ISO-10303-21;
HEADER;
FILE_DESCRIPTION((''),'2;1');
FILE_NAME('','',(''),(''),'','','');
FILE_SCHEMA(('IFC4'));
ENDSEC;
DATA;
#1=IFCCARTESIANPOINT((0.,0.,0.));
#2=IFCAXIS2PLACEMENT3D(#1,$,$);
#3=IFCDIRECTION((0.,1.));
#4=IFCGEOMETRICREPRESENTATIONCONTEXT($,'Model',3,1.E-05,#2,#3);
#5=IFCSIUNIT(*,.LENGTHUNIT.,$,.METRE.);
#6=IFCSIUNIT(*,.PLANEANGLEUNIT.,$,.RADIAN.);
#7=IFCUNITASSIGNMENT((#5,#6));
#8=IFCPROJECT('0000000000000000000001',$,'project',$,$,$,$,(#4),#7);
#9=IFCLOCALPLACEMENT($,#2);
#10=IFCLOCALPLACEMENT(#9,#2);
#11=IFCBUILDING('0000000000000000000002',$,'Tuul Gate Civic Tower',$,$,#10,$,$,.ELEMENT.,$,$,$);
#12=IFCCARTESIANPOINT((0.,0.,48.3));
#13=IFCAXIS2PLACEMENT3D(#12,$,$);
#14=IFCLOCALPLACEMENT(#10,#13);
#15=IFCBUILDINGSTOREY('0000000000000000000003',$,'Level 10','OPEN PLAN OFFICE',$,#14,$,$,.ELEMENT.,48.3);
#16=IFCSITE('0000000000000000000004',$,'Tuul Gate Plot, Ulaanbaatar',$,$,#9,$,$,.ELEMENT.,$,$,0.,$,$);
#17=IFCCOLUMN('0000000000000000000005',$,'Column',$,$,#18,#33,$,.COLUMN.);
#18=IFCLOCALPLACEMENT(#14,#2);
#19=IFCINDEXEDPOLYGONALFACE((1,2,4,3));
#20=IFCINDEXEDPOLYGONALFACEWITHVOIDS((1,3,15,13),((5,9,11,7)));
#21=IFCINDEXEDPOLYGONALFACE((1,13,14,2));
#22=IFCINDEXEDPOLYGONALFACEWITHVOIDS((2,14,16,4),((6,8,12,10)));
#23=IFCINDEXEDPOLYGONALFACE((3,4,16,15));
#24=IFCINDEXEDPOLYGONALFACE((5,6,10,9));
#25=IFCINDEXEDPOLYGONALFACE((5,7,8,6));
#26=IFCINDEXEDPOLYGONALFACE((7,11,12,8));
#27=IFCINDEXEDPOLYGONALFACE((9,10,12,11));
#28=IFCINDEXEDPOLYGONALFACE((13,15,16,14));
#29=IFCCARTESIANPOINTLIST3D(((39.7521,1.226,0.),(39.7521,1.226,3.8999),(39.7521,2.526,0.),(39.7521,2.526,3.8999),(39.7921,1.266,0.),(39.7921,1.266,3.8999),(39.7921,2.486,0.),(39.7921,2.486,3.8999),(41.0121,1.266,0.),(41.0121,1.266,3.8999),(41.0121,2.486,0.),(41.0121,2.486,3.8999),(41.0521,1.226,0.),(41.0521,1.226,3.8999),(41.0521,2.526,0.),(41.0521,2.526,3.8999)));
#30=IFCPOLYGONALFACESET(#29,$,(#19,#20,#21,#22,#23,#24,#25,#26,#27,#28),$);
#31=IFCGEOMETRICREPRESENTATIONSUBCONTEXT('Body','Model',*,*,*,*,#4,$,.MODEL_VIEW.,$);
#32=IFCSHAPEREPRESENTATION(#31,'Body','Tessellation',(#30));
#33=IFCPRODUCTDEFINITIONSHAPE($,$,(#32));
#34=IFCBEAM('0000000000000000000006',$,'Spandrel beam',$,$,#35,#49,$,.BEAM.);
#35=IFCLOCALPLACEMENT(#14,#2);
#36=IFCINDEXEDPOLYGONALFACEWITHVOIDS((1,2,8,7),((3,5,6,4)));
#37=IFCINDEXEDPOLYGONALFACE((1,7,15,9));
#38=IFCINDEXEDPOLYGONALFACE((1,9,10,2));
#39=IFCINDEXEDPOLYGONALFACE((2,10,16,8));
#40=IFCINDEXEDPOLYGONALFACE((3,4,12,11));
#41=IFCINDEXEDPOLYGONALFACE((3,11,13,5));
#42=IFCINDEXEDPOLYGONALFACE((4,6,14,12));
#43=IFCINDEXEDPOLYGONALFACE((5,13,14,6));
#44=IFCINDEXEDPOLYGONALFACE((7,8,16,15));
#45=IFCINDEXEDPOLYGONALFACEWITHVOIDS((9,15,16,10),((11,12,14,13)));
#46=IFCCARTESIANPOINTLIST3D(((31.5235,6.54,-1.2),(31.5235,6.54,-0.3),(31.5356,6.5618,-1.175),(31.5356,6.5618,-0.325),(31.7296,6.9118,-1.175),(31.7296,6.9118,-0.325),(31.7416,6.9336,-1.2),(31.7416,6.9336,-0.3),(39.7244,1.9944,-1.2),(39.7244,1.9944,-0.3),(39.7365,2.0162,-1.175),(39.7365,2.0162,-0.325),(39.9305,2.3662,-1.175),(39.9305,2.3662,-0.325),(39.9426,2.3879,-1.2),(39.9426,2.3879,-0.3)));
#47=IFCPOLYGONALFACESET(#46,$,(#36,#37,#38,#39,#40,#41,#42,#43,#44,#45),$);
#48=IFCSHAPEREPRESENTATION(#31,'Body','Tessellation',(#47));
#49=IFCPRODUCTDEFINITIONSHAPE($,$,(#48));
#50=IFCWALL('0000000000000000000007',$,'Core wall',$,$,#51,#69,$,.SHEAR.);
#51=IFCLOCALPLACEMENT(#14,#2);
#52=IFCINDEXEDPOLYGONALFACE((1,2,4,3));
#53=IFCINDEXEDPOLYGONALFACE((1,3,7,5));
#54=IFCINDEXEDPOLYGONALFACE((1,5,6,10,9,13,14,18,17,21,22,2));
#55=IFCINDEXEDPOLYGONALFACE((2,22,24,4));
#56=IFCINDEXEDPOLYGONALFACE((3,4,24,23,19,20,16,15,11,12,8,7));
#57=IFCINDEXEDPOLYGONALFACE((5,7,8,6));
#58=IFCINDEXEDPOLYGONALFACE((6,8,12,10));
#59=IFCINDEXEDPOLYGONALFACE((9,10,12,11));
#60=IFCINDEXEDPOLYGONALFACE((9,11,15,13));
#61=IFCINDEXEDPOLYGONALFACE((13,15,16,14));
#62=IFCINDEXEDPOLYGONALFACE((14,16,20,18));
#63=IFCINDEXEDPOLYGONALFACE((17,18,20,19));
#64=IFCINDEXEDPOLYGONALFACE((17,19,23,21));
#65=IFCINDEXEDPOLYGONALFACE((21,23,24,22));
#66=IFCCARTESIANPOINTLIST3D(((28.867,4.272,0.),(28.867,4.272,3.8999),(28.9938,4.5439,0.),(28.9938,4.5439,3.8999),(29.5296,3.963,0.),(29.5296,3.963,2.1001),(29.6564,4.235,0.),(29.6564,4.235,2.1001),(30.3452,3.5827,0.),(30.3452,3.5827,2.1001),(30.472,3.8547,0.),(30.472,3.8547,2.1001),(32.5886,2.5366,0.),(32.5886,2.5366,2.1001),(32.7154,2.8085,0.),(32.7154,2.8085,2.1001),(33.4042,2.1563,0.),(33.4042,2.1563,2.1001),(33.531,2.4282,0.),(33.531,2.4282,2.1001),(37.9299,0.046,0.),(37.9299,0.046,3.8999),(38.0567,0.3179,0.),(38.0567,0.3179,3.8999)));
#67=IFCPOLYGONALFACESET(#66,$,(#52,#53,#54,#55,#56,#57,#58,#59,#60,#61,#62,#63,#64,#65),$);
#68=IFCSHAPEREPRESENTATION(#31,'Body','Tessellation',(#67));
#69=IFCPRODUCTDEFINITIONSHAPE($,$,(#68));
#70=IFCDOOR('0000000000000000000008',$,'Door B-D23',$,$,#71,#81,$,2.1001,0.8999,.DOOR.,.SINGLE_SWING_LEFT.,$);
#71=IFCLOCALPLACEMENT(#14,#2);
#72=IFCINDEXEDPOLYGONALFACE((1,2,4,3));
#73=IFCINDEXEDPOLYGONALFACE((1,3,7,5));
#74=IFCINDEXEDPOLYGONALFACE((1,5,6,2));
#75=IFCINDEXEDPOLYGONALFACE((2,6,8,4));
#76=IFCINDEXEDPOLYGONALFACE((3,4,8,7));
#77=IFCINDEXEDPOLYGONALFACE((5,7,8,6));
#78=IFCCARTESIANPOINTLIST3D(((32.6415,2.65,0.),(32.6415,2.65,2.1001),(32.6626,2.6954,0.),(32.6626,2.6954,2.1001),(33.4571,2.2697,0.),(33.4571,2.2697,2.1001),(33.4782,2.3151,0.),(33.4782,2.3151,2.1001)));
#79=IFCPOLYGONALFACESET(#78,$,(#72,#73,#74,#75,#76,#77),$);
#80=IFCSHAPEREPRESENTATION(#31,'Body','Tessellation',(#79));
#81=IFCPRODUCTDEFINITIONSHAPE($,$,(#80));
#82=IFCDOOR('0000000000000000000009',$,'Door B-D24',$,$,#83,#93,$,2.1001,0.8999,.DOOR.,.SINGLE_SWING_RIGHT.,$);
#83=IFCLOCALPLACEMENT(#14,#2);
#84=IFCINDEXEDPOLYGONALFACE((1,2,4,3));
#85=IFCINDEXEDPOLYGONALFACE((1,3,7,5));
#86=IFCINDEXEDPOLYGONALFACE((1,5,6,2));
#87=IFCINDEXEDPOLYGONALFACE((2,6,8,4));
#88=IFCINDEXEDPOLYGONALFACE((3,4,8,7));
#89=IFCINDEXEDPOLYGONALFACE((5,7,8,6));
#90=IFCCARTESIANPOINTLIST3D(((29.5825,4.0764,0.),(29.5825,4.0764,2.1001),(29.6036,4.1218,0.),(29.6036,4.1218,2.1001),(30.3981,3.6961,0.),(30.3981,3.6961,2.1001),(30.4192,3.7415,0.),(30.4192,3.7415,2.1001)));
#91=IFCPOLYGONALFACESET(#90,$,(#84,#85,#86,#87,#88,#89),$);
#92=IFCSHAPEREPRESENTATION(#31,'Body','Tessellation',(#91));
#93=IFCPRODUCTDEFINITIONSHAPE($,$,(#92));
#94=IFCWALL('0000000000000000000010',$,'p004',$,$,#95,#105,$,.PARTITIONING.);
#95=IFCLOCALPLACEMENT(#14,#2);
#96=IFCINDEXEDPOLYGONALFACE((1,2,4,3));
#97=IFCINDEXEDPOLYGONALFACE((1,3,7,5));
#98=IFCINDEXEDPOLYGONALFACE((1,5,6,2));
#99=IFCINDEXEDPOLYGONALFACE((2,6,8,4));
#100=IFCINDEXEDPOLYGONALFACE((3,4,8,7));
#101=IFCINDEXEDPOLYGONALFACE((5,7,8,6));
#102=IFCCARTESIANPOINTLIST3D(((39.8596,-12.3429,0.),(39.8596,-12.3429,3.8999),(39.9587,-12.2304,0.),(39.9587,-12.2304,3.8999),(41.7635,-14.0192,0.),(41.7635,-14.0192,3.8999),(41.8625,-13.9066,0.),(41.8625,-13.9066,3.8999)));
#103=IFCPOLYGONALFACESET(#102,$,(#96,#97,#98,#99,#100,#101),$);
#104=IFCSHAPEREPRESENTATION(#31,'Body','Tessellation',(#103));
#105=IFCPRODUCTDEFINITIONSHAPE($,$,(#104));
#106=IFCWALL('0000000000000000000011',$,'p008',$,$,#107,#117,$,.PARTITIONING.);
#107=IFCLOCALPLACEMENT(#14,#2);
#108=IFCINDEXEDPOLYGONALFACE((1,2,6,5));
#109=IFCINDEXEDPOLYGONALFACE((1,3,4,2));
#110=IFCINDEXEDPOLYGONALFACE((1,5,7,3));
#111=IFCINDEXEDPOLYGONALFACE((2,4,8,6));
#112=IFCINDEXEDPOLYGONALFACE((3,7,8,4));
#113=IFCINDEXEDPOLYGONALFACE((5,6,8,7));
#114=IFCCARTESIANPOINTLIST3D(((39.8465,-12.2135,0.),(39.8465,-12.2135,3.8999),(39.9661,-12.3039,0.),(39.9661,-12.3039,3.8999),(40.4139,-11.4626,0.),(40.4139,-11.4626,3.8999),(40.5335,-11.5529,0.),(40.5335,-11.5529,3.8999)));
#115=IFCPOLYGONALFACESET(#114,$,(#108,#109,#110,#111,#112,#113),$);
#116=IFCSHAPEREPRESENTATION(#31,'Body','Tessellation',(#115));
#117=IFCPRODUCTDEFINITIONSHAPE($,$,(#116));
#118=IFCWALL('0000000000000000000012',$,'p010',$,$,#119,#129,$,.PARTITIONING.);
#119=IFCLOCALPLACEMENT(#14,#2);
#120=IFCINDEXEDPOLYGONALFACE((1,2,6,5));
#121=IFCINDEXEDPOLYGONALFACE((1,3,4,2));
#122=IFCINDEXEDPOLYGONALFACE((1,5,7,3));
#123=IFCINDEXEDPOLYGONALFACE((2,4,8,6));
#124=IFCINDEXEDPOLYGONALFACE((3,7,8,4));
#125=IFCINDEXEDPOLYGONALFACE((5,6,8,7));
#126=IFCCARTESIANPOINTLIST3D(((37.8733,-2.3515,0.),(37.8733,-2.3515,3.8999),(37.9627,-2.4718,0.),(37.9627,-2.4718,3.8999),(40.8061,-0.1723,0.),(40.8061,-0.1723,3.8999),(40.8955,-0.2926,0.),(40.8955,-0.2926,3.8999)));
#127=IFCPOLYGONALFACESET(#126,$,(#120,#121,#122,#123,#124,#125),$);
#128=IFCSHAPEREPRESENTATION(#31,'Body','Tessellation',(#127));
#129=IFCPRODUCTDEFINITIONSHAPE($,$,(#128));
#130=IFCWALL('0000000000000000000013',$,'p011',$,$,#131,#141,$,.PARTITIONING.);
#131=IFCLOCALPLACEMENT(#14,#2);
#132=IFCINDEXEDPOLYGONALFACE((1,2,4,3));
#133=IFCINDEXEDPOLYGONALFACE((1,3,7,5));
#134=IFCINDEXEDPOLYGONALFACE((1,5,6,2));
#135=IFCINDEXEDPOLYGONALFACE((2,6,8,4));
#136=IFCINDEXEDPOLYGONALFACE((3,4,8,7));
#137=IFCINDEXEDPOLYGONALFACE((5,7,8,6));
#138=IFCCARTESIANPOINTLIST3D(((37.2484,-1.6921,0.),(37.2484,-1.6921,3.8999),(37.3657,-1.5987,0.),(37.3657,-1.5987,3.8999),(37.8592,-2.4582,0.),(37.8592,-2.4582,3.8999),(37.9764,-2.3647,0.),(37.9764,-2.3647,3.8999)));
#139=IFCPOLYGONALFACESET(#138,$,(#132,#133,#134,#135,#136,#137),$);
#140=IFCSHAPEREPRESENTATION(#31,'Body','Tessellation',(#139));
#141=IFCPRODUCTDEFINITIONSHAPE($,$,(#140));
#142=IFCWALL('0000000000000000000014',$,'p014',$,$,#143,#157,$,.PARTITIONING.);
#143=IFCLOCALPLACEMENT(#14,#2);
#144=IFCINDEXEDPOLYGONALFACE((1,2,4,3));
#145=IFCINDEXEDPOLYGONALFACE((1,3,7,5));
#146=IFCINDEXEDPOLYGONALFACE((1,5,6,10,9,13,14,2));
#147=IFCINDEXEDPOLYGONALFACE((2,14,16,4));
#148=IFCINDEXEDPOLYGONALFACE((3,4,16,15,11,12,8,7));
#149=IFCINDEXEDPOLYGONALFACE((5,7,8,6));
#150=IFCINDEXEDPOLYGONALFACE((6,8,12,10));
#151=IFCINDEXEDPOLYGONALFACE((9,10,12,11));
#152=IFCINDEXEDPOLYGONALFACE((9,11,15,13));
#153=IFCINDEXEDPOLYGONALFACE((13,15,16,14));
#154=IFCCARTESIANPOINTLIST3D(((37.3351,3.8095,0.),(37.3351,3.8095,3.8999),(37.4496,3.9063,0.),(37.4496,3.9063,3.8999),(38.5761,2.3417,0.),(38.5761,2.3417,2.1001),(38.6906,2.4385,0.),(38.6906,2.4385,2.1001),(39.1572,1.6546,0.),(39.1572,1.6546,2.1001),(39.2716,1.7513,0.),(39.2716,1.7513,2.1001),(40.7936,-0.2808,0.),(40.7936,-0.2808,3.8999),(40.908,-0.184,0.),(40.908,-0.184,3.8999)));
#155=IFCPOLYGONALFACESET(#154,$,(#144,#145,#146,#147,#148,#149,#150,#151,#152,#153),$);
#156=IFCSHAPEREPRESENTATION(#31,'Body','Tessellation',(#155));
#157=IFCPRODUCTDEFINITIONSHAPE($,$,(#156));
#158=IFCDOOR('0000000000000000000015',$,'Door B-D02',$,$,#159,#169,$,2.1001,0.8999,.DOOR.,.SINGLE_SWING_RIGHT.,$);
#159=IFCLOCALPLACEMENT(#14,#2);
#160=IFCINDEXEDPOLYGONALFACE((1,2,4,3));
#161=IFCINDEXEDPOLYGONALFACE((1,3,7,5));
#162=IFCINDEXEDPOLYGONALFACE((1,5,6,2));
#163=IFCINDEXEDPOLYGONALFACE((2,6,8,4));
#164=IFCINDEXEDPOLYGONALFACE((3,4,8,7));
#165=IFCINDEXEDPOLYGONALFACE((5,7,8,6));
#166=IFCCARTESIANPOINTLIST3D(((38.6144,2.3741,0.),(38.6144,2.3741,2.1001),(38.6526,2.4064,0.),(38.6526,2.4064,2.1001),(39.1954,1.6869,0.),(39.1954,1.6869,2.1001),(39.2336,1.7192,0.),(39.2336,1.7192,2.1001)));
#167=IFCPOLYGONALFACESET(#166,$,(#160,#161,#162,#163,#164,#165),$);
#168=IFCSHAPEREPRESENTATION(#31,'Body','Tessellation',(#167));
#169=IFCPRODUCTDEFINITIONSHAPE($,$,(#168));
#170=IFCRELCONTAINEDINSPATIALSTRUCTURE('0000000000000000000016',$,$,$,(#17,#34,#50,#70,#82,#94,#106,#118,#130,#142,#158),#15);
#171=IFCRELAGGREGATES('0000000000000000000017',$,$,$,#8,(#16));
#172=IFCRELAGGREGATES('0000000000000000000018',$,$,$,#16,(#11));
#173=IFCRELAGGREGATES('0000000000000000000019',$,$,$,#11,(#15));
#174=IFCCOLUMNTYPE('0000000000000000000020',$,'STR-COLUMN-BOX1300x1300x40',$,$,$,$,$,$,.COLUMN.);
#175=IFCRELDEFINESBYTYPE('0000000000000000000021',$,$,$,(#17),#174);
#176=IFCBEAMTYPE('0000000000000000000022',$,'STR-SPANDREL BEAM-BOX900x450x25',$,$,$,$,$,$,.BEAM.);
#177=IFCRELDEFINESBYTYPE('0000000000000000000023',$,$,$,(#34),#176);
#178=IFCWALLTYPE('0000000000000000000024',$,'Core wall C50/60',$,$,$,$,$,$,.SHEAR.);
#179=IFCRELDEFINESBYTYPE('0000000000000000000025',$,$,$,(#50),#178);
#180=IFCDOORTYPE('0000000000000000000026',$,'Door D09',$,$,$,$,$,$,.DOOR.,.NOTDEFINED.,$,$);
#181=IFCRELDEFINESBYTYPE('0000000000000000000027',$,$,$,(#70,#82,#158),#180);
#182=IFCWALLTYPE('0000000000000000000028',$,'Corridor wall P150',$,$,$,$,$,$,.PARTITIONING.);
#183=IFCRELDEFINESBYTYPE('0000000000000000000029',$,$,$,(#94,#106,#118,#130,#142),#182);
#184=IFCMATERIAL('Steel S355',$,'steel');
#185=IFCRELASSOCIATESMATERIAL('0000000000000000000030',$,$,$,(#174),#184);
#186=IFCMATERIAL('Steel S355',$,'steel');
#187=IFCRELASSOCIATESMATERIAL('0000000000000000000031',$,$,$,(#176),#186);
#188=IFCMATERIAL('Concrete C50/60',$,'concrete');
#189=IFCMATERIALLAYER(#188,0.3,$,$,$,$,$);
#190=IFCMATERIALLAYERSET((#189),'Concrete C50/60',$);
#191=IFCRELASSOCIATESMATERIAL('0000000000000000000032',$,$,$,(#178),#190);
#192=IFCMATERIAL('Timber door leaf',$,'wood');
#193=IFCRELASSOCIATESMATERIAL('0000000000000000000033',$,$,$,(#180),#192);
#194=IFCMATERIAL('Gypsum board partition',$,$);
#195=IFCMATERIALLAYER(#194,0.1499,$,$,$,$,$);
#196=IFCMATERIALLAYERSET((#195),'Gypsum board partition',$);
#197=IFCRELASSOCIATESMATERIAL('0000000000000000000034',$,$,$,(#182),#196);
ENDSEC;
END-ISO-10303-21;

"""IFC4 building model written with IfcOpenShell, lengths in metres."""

from ifc_helpers import new_model, si_unit, direction, frame, frame_2d, origin, origin_2d, place, context, subcontext, project, spatial, rectangle, hollow_rectangle, extrude, material, layer, layer_set, material_profile, profile_set, type_object, element, fill, save


model = new_model("IFC4")

# Units and contexts
model_context = context("Model", 3, precision=1e-05, world=origin(), true_north=direction((0.0, 1.0)))
body_context = subcontext(model_context, "Body", "Model", "MODEL_VIEW")
ifc_project = project(units=[si_unit("LENGTHUNIT", "METRE"), si_unit("PLANEANGLEUNIT", "RADIAN")], contexts=[model_context])

# Site, building, storey
site_placement = place(None, origin())
site = spatial("IfcSite", under=ifc_project, at=site_placement, Name="Tuul Gate Plot, Ulaanbaatar", CompositionType="ELEMENT", RefElevation=0.0)
building_placement = place(site_placement, origin())
building = spatial("IfcBuilding", under=site, at=building_placement, Name="Tuul Gate Civic Tower", CompositionType="ELEMENT")
storey_placement = place(building_placement, frame((0.0, 0.0, 48.3)))
storey = spatial("IfcBuildingStorey", under=building, at=storey_placement, Name="Level 10", Description="OPEN PLAN OFFICE", CompositionType="ELEMENT", Elevation=48.3)

# Column
ifc_material_1 = material(Name="Steel S355", Category="steel")
ifc_material_profile_1 = material_profile(ifc_material_1, hollow_rectangle(XDim=1.3, YDim=1.3, WallThickness=0.04, at=origin_2d()), Name="BOX1300x1300x40")
ifc_profile_set_1 = profile_set([ifc_material_profile_1], Name="Steel S355")
column_type = type_object("IfcColumnType", Name="STR-COLUMN-BOX1300x1300x40", PredefinedType="COLUMN", material=ifc_profile_set_1)
column_placement = place(storey_placement, frame((40.4021, 1.876, 0.0), z_axis=(0.0, 0.0, 1.0), x_axis=(1.0, 0.0, 0.0)))
element("IfcColumn", 1, at=column_placement, inside=storey, type_object=column_type, Name="Column", PredefinedType="COLUMN", context=body_context, shape_type="SweptSolid", body=[
    extrude(hollow_rectangle(XDim=1.3, YDim=1.3, WallThickness=0.04, at=origin_2d()), origin(), (0.0, 0.0, 1.0), 3.8999),
])

# Beam
ifc_material_2 = material(Name="Steel S355", Category="steel")
ifc_material_profile_2 = material_profile(ifc_material_2, hollow_rectangle(XDim=0.45, YDim=0.8999, WallThickness=0.0249, at=origin_2d()), Name="BOX900x450x25")
ifc_profile_set_2 = profile_set([ifc_material_profile_2], Name="Steel S355")
beam_type = type_object("IfcBeamType", Name="STR-SPANDREL BEAM-BOX900x450x25", PredefinedType="BEAM", material=ifc_profile_set_2)
beam_placement = place(storey_placement, frame((39.8335, 2.1912, -0.75), z_axis=(-0.874628, 0.484794, 0.0), x_axis=(-0.484794, -0.874628, 0.0)))
element("IfcBeam", 2, at=beam_placement, inside=storey, type_object=beam_type, Name="Spandrel beam", PredefinedType="BEAM", context=body_context, shape_type="SweptSolid", body=[
    extrude(hollow_rectangle(XDim=0.45, YDim=0.8999, WallThickness=0.0249, at=origin_2d()), origin(), (0.0, 0.0, 1.0), 9.3765),
])

# Wall, openings, doors
ifc_material_3 = material(Name="Concrete C50/60", Category="concrete")
ifc_layer_1 = layer(ifc_material_3, 0.3)
ifc_layer_set_1 = layer_set([ifc_layer_1], Name="Concrete C50/60")
wall_type_1 = type_object("IfcWallType", Name="Core wall C50/60", PredefinedType="SHEAR", material=ifc_layer_set_1)
wall_1_placement = place(storey_placement, frame((37.9934, 0.1819, 0.0), z_axis=(0.0, 0.0, 1.0), x_axis=(-0.90631, 0.422613, 0.0)))
wall_1 = element("IfcWall", 3, at=wall_1_placement, inside=storey, type_object=wall_type_1, Name="Core wall", PredefinedType="SHEAR", context=body_context, shape_type="SweptSolid", body=[
    extrude(rectangle(XDim=9.9998, YDim=0.3, at=frame_2d((5.0, 0.0))), origin(), (0.0, 0.0, 1.0), 3.8999),
])
opening_1_placement = place(wall_1_placement, frame((4.9937, 0.0, 0.0)))
opening_1 = element("IfcOpeningElement", 4, at=opening_1_placement, cuts=wall_1, PredefinedType="OPENING", context=body_context, shape_type="SweptSolid", body=[
    extrude(rectangle(XDim=0.8999, YDim=2.1001, at=frame_2d((0.45, 1.05))), frame((0.0, 0.1602, 0.0), z_axis=(0.0, -1.0, 0.0), x_axis=(1.0, 0.0, 0.0)), (0.0, 0.0, 1.0), 0.3201),
])
opening_2_placement = place(wall_1_placement, frame((8.3689, 0.0, 0.0)))
opening_2 = element("IfcOpeningElement", 5, at=opening_2_placement, cuts=wall_1, PredefinedType="OPENING", context=body_context, shape_type="SweptSolid", body=[
    extrude(rectangle(XDim=0.8999, YDim=2.1001, at=frame_2d((0.45, 1.05))), frame((0.0, 0.1602, 0.0), z_axis=(0.0, -1.0, 0.0), x_axis=(1.0, 0.0, 0.0)), (0.0, 0.0, 1.0), 0.3201),
])
ifc_material_4 = material(Name="Timber door leaf", Category="wood")
door_type = type_object("IfcDoorType", Name="Door D09", OperationType="NOTDEFINED", PredefinedType="DOOR", material=ifc_material_4)
door_1_placement = place(opening_1_placement, origin())
door_1 = element("IfcDoor", 6, at=door_1_placement, inside=storey, type_object=door_type, Name="Door B-D23", OperationType="SINGLE_SWING_LEFT", OverallHeight=2.1001, OverallWidth=0.8999, PredefinedType="DOOR", context=body_context, shape_type="SweptSolid", body=[
    extrude(rectangle(XDim=0.8999, YDim=2.1001, at=frame_2d((0.45, 1.05))), frame((0.0, 0.0249, 0.0), z_axis=(0.0, -1.0, 0.0), x_axis=(1.0, 0.0, 0.0)), (0.0, 0.0, 1.0), 0.05),
])
fill(opening_1, door_1)
door_2_placement = place(opening_2_placement, origin())
door_2 = element("IfcDoor", 7, at=door_2_placement, inside=storey, type_object=door_type, Name="Door B-D24", OperationType="SINGLE_SWING_RIGHT", OverallHeight=2.1001, OverallWidth=0.8999, PredefinedType="DOOR", context=body_context, shape_type="SweptSolid", body=[
    extrude(rectangle(XDim=0.8999, YDim=2.1001, at=frame_2d((0.45, 1.05))), frame((0.0, 0.0249, 0.0), z_axis=(0.0, -1.0, 0.0), x_axis=(1.0, 0.0, 0.0)), (0.0, 0.0, 1.0), 0.05),
])
fill(opening_2, door_2)

# Walls
ifc_material_5 = material(Name="Gypsum board partition")
ifc_layer_2 = layer(ifc_material_5, 0.1499)
ifc_layer_set_2 = layer_set([ifc_layer_2], Name="Gypsum board partition")
wall_type_2 = type_object("IfcWallType", Name="Corridor wall P150", PredefinedType="PARTITIONING", material=ifc_layer_set_2)
wall_2_placement = place(storey_placement, frame((39.9092, -12.2866, 0.0), z_axis=(0.0, 0.0, 1.0), x_axis=(0.750534, -0.660832, 0.0)))
element("IfcWall", 8, at=wall_2_placement, inside=storey, type_object=wall_type_2, Name="p004", PredefinedType="PARTITIONING", context=body_context, shape_type="SweptSolid", body=[
    extrude(rectangle(XDim=2.5366, YDim=0.1499, at=frame_2d((1.2683, 0.0))), origin(), (0.0, 0.0, 1.0), 3.8999),
])
wall_3_placement = place(storey_placement, frame((39.9062, -12.2588, 0.0), z_axis=(0.0, 0.0, 1.0), x_axis=(0.602818, 0.797878, 0.0)))
element("IfcWall", 9, at=wall_3_placement, inside=storey, type_object=wall_type_2, Name="p008", PredefinedType="PARTITIONING", context=body_context, shape_type="SweptSolid", body=[
    extrude(rectangle(XDim=0.9412, YDim=0.1499, at=frame_2d((0.4707, 0.0))), origin(), (0.0, 0.0, 1.0), 3.8999),
])
wall_4_placement = place(storey_placement, frame((37.918, -2.4116, 0.0), z_axis=(0.0, 0.0, 1.0), x_axis=(0.802678, 0.596413, 0.0)))
element("IfcWall", 10, at=wall_4_placement, inside=storey, type_object=wall_type_2, Name="p010", PredefinedType="PARTITIONING", context=body_context, shape_type="SweptSolid", body=[
    extrude(rectangle(XDim=3.6538, YDim=0.1499, at=frame_2d((1.8269, 0.0))), origin(), (0.0, 0.0, 1.0), 3.8999),
])
wall_5_placement = place(storey_placement, frame((37.3071, -1.6455, 0.0), z_axis=(0.0, 0.0, 1.0), x_axis=(0.623418, -0.781889, 0.0)))
element("IfcWall", 11, at=wall_5_placement, inside=storey, type_object=wall_type_2, Name="p011", PredefinedType="PARTITIONING", context=body_context, shape_type="SweptSolid", body=[
    extrude(rectangle(XDim=0.9797, YDim=0.1499, at=frame_2d((0.4897, 0.0))), origin(), (0.0, 0.0, 1.0), 3.8999),
])

# Wall, opening, door
wall_6_placement = place(storey_placement, frame((37.3923, 3.8579, 0.0), z_axis=(0.0, 0.0, 1.0), x_axis=(0.645664, -0.763621, 0.0)))
wall_6 = element("IfcWall", 12, at=wall_6_placement, inside=storey, type_object=wall_type_2, Name="p014", PredefinedType="PARTITIONING", context=body_context, shape_type="SweptSolid", body=[
    extrude(rectangle(XDim=5.3564, YDim=0.1499, at=frame_2d((2.6782, 0.0))), origin(), (0.0, 0.0, 1.0), 3.8999),
])
opening_3_placement = place(wall_6_placement, frame((1.9221, 0.0, 0.0)))
opening_3 = element("IfcOpeningElement", 13, at=opening_3_placement, cuts=wall_6, PredefinedType="OPENING", context=body_context, shape_type="SweptSolid", body=[
    extrude(rectangle(XDim=0.8999, YDim=2.1001, at=frame_2d((0.45, 1.05))), frame((0.0, 0.085, 0.0), z_axis=(0.0, -1.0, 0.0), x_axis=(1.0, 0.0, 0.0)), (0.0, 0.0, 1.0), 0.1699),
])
door_3_placement = place(opening_3_placement, frame((0.8999, 0.0, 0.0), z_axis=(0.0, 0.0, 1.0), x_axis=(-1.0, 0.0, 0.0)))
door_3 = element("IfcDoor", 14, at=door_3_placement, inside=storey, type_object=door_type, Name="Door B-D02", OperationType="SINGLE_SWING_RIGHT", OverallHeight=2.1001, OverallWidth=0.8999, PredefinedType="DOOR", context=body_context, shape_type="SweptSolid", body=[
    extrude(rectangle(XDim=0.8999, YDim=2.1001, at=frame_2d((0.45, 1.05))), frame((0.0, 0.0249, 0.0), z_axis=(0.0, -1.0, 0.0), x_axis=(1.0, 0.0, 0.0)), (0.0, 0.0, 1.0), 0.05),
])
fill(opening_3, door_3)

save(model, "model.ifc")
